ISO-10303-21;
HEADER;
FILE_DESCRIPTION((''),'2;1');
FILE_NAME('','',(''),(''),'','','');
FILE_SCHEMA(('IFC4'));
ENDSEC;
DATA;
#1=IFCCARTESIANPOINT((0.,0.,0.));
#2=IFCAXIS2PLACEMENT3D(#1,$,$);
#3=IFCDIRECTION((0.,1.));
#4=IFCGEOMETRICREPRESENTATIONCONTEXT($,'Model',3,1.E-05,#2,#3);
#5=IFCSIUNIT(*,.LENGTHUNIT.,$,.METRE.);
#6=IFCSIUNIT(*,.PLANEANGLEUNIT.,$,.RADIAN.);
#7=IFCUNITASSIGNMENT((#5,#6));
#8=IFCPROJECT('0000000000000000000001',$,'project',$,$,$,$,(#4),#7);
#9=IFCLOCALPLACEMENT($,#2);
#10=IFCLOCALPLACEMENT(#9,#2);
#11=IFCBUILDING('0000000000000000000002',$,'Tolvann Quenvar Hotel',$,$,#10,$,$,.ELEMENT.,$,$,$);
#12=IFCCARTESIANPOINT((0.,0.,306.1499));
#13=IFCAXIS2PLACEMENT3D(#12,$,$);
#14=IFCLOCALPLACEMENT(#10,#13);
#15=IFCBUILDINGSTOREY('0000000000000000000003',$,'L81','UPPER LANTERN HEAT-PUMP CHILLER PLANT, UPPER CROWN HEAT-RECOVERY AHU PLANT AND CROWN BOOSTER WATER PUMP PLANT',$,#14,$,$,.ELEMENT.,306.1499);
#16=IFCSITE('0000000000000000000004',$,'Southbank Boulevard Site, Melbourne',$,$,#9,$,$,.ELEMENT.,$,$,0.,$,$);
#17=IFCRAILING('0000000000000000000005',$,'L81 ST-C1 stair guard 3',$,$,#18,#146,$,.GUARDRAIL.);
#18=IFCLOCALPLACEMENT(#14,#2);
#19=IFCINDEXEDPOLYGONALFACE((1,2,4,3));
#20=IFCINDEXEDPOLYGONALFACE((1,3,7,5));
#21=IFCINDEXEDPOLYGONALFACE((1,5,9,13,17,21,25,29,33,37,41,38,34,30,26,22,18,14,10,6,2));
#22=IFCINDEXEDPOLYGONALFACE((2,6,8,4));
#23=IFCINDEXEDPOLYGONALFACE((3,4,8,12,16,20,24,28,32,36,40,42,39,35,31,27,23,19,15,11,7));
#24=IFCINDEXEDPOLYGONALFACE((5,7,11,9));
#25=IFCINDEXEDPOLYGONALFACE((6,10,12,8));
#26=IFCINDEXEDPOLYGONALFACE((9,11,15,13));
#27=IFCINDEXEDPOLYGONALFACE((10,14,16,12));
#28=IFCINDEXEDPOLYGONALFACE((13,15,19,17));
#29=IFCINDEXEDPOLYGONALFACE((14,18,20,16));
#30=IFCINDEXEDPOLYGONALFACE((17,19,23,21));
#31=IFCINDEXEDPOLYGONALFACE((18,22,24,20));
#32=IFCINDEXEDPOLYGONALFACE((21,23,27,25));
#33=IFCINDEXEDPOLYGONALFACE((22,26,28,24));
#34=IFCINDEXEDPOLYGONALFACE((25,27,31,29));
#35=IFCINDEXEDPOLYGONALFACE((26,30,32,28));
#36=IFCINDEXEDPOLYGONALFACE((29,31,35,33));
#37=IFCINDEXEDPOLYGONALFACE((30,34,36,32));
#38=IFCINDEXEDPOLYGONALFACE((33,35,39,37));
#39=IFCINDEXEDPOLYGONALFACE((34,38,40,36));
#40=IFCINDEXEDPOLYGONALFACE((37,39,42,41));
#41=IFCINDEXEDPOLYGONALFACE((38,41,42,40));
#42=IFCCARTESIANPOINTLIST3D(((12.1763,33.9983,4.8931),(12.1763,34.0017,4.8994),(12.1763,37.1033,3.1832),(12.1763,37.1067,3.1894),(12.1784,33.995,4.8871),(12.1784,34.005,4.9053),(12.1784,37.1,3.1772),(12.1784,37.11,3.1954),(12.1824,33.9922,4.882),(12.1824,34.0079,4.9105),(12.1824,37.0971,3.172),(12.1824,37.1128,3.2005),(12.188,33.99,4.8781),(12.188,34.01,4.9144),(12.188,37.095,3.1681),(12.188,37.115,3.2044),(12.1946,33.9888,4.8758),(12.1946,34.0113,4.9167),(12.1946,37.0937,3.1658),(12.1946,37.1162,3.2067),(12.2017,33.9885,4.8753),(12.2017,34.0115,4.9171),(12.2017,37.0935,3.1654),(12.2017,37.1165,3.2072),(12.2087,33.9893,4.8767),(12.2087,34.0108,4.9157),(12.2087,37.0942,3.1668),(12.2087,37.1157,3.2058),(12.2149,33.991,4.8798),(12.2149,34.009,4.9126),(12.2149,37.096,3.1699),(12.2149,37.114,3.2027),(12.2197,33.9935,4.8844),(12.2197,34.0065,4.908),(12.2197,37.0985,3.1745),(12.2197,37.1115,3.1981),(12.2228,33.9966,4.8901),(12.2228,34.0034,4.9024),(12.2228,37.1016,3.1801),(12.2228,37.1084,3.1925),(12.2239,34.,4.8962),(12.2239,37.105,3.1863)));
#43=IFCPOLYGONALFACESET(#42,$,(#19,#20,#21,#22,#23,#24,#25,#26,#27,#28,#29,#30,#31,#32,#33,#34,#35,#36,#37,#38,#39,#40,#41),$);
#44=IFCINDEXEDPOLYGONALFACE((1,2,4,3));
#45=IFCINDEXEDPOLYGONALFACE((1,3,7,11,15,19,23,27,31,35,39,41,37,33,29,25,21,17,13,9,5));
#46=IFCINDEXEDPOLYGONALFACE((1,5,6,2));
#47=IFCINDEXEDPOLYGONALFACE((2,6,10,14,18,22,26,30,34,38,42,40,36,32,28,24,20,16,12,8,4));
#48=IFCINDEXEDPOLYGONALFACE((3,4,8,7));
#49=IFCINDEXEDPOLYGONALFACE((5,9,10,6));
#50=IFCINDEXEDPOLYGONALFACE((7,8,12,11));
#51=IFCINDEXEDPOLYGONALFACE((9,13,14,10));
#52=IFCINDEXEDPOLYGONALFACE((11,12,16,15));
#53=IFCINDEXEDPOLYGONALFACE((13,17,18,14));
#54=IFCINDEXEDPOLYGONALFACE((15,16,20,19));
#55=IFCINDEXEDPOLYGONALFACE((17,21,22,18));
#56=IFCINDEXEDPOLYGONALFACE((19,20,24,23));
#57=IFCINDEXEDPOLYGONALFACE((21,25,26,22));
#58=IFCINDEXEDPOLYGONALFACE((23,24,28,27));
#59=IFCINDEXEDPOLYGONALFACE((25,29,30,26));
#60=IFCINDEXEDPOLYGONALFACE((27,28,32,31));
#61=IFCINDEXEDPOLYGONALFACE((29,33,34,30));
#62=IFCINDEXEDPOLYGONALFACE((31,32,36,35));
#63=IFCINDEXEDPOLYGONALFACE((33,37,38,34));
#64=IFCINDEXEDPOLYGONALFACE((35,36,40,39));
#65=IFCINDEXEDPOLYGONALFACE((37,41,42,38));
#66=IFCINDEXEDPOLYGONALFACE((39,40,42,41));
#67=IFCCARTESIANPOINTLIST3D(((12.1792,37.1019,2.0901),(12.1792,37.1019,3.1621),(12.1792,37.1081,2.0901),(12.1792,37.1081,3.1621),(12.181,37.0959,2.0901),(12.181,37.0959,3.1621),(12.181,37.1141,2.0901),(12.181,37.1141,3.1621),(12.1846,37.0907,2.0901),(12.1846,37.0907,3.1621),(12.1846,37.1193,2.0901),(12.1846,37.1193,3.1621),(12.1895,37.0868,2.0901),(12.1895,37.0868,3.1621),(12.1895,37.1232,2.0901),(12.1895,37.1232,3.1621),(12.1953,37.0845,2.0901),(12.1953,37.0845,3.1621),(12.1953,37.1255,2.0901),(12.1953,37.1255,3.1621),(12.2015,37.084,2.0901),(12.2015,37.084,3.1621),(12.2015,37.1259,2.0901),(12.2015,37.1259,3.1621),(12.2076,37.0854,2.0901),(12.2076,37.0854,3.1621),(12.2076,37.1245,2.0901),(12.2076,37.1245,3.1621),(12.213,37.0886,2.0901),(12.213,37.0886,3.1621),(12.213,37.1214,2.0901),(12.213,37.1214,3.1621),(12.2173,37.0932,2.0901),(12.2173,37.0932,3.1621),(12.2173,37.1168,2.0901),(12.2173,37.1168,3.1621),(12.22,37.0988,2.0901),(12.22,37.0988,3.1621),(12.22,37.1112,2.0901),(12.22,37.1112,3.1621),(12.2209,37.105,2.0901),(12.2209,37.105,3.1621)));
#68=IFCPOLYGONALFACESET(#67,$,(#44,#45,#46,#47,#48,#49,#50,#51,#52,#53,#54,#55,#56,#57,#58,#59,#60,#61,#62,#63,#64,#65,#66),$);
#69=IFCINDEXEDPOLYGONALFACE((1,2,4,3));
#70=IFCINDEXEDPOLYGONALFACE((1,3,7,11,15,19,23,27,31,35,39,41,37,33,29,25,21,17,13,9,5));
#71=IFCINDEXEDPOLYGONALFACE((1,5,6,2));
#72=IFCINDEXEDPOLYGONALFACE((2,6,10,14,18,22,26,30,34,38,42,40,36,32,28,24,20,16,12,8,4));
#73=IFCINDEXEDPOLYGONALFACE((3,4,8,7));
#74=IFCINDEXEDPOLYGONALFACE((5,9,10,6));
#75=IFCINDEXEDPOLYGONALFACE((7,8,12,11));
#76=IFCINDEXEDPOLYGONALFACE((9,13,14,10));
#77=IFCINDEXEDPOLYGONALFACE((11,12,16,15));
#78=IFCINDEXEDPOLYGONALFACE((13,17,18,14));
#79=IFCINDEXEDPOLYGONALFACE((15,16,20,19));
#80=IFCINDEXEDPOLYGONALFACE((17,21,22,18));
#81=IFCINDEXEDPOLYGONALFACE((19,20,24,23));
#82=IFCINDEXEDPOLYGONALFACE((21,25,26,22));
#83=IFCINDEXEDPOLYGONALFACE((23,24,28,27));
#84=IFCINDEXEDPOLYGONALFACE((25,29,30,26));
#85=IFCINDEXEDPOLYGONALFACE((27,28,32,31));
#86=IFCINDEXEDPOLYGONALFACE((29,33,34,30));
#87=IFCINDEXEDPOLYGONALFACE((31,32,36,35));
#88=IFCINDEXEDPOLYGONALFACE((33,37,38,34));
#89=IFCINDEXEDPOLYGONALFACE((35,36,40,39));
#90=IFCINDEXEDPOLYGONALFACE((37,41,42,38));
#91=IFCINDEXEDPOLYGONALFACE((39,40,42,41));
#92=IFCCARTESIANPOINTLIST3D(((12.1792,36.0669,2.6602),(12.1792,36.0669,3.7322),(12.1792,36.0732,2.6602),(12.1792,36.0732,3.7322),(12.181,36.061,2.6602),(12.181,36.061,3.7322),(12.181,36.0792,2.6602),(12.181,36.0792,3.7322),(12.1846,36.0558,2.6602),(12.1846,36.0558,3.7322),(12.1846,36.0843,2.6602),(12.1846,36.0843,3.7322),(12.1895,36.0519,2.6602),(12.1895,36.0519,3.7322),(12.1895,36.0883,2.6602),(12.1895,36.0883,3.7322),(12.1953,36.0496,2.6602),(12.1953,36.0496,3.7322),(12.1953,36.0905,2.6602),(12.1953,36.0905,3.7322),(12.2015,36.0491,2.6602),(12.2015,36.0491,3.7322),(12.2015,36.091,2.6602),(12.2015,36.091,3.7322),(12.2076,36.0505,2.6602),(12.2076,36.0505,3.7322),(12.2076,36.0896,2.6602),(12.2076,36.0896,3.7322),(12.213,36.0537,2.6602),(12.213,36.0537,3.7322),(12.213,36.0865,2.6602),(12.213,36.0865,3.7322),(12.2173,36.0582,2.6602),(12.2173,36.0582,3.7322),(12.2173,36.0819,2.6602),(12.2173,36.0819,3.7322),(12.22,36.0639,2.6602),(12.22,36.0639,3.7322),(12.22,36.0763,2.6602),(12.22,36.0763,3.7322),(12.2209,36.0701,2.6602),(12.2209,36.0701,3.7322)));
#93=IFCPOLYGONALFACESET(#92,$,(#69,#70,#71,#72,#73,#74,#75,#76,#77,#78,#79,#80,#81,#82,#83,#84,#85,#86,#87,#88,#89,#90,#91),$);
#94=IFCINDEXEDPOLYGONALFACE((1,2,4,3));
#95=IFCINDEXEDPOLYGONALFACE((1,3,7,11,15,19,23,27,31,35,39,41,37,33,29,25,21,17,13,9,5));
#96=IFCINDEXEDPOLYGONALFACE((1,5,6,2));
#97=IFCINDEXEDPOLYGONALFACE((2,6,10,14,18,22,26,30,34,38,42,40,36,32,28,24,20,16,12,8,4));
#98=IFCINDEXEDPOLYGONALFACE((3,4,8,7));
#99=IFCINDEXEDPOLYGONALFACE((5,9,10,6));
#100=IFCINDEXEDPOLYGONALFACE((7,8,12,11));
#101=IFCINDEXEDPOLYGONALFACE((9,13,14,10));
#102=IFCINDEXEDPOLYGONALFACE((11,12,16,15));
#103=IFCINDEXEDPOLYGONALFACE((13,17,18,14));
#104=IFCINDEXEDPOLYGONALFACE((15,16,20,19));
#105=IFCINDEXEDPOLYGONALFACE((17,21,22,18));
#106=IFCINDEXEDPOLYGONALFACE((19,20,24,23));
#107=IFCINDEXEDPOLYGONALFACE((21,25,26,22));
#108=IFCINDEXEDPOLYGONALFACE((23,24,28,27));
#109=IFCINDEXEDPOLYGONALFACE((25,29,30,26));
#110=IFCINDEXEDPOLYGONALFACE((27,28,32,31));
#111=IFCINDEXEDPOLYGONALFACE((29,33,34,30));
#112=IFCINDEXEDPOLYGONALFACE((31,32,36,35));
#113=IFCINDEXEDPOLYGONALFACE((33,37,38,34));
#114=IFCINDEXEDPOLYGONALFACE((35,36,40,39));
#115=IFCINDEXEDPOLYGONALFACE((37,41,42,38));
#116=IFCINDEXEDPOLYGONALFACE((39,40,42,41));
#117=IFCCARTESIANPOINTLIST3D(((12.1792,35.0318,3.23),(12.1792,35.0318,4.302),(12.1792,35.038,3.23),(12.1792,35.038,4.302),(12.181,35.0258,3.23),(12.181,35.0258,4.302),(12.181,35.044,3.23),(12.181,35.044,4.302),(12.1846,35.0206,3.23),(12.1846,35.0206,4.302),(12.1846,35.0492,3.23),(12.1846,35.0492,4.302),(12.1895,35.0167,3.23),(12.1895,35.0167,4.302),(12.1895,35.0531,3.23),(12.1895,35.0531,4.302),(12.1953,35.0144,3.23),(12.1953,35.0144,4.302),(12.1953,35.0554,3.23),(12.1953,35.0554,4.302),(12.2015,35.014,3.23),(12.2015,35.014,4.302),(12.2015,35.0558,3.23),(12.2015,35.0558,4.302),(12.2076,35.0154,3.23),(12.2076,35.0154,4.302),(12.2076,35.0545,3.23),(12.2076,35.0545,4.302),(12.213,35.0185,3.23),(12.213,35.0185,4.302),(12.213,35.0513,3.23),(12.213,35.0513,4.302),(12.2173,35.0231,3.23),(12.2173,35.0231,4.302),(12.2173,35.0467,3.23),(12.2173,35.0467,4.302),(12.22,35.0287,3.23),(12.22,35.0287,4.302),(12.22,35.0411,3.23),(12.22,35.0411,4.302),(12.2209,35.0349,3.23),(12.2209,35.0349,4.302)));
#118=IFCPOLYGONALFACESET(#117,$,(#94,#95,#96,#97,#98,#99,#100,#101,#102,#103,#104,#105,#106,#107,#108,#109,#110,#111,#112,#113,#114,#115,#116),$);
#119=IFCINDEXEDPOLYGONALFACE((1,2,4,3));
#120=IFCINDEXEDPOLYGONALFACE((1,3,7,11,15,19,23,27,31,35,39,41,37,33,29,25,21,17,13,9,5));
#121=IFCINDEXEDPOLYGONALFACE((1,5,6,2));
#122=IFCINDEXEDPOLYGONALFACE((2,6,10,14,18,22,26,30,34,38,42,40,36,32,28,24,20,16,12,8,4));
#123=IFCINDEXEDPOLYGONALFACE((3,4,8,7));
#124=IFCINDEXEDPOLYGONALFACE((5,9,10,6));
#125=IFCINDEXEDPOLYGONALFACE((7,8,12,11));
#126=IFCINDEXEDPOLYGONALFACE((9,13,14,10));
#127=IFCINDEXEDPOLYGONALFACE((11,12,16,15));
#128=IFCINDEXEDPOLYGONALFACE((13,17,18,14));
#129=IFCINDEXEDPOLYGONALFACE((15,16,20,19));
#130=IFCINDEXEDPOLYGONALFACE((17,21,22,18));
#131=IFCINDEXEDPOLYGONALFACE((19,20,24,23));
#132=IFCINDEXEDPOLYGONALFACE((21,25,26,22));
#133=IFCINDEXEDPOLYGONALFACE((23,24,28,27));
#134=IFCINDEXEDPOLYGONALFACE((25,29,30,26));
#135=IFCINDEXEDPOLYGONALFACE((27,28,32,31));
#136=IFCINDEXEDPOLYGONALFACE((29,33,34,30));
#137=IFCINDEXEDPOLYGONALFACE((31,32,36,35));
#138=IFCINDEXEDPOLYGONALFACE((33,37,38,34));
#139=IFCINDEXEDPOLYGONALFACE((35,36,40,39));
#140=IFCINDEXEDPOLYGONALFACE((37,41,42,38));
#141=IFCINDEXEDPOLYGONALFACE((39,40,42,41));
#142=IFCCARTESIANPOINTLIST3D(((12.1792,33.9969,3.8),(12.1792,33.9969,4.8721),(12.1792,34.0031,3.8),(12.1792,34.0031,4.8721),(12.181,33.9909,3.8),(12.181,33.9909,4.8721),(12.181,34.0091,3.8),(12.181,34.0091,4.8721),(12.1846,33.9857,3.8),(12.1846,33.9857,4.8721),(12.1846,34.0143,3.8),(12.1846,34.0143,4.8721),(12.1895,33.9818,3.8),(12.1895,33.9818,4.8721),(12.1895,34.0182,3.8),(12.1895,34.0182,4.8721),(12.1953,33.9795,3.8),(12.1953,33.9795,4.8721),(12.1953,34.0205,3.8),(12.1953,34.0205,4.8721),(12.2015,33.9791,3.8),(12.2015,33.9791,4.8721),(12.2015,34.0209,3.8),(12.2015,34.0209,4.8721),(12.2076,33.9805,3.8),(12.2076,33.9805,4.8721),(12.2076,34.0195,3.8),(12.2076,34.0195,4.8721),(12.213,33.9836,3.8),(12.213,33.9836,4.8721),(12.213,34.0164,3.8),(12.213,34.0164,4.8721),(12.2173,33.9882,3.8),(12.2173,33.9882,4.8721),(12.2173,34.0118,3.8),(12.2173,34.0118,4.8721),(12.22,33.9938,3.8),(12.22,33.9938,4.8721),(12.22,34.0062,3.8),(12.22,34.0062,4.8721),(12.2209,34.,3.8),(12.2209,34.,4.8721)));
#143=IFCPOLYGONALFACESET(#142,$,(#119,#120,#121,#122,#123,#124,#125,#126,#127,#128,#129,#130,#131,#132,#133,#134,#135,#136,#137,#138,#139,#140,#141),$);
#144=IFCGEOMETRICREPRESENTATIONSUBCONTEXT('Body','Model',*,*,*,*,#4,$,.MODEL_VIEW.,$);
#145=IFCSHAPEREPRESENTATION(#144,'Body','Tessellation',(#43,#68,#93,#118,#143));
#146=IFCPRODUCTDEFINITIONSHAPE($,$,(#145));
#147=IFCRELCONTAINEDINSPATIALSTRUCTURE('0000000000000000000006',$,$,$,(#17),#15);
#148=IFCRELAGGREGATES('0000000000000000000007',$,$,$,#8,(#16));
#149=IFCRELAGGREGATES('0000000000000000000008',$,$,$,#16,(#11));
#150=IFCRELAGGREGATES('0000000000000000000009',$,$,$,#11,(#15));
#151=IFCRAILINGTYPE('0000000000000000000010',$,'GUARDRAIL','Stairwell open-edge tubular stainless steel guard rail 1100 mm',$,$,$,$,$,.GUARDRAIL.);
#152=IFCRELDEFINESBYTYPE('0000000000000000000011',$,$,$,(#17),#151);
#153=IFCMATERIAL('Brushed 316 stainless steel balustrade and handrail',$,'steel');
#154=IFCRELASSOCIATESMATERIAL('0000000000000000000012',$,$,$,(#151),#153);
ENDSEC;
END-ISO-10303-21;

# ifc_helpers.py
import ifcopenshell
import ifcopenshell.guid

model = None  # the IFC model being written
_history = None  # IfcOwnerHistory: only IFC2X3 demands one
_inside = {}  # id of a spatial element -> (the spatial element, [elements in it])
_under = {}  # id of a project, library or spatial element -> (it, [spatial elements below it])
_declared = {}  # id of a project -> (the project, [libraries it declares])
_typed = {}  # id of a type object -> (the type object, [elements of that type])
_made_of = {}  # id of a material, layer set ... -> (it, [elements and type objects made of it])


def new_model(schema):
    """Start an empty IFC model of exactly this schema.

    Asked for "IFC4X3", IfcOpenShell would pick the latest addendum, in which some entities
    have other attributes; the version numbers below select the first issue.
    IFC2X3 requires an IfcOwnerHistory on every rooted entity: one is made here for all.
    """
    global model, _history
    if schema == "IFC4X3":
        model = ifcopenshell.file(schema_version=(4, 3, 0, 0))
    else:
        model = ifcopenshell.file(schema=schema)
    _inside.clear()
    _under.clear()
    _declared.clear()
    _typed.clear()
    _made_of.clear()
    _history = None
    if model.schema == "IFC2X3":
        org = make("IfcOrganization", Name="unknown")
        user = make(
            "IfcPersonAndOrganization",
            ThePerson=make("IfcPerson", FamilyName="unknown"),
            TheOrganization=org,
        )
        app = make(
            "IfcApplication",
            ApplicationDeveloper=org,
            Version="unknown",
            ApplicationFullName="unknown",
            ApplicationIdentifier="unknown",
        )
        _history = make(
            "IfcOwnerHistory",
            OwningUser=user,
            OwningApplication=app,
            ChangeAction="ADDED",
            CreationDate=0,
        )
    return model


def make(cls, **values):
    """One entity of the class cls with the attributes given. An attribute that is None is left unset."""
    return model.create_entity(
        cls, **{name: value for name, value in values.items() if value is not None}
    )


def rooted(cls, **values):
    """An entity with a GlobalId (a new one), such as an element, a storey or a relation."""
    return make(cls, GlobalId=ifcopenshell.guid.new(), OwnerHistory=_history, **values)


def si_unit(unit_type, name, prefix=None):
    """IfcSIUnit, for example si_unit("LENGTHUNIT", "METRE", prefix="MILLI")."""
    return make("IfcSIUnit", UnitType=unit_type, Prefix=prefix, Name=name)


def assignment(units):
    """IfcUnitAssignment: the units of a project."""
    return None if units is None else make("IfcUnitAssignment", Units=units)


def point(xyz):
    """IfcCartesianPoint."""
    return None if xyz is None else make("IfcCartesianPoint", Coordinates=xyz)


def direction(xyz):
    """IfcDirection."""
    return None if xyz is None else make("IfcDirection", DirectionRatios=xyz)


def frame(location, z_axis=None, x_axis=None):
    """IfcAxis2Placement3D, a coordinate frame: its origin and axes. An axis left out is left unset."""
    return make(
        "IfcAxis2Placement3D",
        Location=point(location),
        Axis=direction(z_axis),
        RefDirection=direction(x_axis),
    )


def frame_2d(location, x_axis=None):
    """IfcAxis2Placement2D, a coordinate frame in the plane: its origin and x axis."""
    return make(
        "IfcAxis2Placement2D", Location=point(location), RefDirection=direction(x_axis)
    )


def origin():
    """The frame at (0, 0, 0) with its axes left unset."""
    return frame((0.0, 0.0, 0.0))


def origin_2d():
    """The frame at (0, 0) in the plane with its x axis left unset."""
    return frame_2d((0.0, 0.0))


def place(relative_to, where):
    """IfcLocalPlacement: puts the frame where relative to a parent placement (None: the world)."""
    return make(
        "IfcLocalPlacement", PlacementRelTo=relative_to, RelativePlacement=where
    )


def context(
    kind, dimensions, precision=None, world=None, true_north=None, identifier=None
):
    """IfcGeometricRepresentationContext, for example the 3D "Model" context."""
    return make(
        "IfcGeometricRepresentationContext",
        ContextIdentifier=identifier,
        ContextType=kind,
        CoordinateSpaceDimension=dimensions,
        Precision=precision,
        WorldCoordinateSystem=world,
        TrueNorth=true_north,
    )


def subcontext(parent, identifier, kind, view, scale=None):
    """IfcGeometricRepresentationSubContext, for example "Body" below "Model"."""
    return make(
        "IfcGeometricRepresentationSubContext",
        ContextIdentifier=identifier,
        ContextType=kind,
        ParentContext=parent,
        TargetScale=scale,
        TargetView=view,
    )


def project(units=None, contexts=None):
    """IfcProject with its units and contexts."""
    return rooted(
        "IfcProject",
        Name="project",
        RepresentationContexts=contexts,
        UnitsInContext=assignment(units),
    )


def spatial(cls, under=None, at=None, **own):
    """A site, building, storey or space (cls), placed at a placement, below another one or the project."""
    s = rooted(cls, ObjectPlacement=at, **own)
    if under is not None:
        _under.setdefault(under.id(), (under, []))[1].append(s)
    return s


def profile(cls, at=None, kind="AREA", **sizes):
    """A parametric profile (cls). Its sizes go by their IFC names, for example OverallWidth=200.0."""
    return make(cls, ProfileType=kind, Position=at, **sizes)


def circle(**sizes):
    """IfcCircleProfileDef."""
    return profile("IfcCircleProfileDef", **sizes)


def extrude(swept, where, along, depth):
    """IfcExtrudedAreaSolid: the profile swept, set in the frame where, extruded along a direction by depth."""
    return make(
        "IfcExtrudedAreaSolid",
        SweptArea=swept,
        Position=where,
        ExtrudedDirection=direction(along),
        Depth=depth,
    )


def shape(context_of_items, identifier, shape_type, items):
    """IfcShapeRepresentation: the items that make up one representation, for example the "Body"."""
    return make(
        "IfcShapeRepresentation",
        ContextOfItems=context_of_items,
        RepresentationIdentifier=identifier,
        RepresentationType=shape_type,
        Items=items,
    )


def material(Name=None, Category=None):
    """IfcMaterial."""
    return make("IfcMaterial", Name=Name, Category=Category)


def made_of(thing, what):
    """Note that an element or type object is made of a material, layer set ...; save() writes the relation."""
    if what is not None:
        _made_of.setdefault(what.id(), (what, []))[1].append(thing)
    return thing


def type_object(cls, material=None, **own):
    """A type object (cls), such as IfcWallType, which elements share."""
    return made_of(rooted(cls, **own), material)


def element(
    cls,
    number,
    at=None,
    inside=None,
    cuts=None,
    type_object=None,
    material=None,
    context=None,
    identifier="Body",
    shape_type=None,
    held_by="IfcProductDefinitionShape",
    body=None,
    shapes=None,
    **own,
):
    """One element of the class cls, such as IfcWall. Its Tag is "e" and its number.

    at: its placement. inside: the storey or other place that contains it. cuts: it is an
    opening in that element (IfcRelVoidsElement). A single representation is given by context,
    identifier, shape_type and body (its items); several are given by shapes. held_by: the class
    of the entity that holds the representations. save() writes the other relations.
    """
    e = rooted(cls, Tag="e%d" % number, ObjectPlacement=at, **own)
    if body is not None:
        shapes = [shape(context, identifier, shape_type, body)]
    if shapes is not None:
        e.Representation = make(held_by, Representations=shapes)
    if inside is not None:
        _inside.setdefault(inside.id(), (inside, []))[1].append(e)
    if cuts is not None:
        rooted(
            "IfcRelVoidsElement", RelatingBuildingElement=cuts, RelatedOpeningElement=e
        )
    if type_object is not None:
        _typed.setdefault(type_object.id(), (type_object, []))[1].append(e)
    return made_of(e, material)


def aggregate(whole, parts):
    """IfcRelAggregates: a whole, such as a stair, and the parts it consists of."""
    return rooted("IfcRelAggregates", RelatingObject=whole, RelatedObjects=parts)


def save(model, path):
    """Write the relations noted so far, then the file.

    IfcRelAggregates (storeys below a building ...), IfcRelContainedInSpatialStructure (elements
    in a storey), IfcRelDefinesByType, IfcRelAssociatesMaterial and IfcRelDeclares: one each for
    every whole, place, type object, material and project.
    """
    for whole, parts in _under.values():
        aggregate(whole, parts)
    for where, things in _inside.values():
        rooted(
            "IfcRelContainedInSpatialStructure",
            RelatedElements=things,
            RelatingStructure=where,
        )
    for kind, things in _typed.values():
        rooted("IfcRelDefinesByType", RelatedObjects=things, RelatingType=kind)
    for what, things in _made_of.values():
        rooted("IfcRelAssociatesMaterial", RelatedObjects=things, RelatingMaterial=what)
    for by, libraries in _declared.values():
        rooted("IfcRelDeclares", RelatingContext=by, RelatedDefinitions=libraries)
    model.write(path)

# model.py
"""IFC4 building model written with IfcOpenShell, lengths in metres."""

from ifc_helpers import new_model, si_unit, direction, frame, origin, origin_2d, place, context, subcontext, project, spatial, circle, extrude, material, type_object, element, save


model = new_model("IFC4")

# Units and contexts
model_context = context("Model", 3, precision=1e-05, world=origin(), true_north=direction((0.0, 1.0)))
body_context = subcontext(model_context, "Body", "Model", "MODEL_VIEW")
ifc_project = project(units=[si_unit("LENGTHUNIT", "METRE"), si_unit("PLANEANGLEUNIT", "RADIAN")], contexts=[model_context])

# Site, building, storey
site_placement = place(None, origin())
site = spatial("IfcSite", under=ifc_project, at=site_placement, Name="Southbank Boulevard Site, Melbourne", CompositionType="ELEMENT", RefElevation=0.0)
building_placement = place(site_placement, origin())
building = spatial("IfcBuilding", under=site, at=building_placement, Name="Tolvann Quenvar Hotel", CompositionType="ELEMENT")
storey_placement = place(building_placement, frame((0.0, 0.0, 306.1499)))
storey = spatial("IfcBuildingStorey", under=building, at=storey_placement, Name="L81", Description="UPPER LANTERN HEAT-PUMP CHILLER PLANT, UPPER CROWN HEAT-RECOVERY AHU PLANT AND CROWN BOOSTER WATER PUMP PLANT", CompositionType="ELEMENT", Elevation=306.1499)

# Railing
ifc_material_1 = material(Name="Brushed 316 stainless steel balustrade and handrail", Category="steel")
railing_type_1 = type_object("IfcRailingType", Name="GUARDRAIL", Description="Stairwell open-edge tubular stainless steel guard rail 1100 mm", PredefinedType="GUARDRAIL", material=ifc_material_1)
railing_1_placement = place(storey_placement, frame((12.2, 37.105, 2.0901)))
element("IfcRailing", 1, at=railing_1_placement, inside=storey, type_object=railing_type_1, Name="L81 ST-C1 stair guard 3", PredefinedType="GUARDRAIL", context=body_context, shape_type="SweptSolid", body=[
    extrude(circle(Radius=0.0239, at=origin_2d()), frame((0.0, 0.0, 1.0962), z_axis=(0.0, -0.875951, 0.4824), x_axis=(1.0, 0.0, 0.0)), (0.0, 0.0, 1.0), 3.5447),
    extrude(circle(Radius=0.021, at=origin_2d()), origin(), (0.0, 0.0, 1.0), 1.072),
    extrude(circle(Radius=0.021, at=origin_2d()), frame((0.0, -1.0349, 0.5701)), (0.0, 0.0, 1.0), 1.072),
    extrude(circle(Radius=0.021, at=origin_2d()), frame((0.0, -2.0701, 1.1399)), (0.0, 0.0, 1.0), 1.072),
    extrude(circle(Radius=0.021, at=origin_2d()), frame((0.0, -3.105, 1.71)), (0.0, 0.0, 1.0), 1.072),
])

save(model, "model.ifc")
